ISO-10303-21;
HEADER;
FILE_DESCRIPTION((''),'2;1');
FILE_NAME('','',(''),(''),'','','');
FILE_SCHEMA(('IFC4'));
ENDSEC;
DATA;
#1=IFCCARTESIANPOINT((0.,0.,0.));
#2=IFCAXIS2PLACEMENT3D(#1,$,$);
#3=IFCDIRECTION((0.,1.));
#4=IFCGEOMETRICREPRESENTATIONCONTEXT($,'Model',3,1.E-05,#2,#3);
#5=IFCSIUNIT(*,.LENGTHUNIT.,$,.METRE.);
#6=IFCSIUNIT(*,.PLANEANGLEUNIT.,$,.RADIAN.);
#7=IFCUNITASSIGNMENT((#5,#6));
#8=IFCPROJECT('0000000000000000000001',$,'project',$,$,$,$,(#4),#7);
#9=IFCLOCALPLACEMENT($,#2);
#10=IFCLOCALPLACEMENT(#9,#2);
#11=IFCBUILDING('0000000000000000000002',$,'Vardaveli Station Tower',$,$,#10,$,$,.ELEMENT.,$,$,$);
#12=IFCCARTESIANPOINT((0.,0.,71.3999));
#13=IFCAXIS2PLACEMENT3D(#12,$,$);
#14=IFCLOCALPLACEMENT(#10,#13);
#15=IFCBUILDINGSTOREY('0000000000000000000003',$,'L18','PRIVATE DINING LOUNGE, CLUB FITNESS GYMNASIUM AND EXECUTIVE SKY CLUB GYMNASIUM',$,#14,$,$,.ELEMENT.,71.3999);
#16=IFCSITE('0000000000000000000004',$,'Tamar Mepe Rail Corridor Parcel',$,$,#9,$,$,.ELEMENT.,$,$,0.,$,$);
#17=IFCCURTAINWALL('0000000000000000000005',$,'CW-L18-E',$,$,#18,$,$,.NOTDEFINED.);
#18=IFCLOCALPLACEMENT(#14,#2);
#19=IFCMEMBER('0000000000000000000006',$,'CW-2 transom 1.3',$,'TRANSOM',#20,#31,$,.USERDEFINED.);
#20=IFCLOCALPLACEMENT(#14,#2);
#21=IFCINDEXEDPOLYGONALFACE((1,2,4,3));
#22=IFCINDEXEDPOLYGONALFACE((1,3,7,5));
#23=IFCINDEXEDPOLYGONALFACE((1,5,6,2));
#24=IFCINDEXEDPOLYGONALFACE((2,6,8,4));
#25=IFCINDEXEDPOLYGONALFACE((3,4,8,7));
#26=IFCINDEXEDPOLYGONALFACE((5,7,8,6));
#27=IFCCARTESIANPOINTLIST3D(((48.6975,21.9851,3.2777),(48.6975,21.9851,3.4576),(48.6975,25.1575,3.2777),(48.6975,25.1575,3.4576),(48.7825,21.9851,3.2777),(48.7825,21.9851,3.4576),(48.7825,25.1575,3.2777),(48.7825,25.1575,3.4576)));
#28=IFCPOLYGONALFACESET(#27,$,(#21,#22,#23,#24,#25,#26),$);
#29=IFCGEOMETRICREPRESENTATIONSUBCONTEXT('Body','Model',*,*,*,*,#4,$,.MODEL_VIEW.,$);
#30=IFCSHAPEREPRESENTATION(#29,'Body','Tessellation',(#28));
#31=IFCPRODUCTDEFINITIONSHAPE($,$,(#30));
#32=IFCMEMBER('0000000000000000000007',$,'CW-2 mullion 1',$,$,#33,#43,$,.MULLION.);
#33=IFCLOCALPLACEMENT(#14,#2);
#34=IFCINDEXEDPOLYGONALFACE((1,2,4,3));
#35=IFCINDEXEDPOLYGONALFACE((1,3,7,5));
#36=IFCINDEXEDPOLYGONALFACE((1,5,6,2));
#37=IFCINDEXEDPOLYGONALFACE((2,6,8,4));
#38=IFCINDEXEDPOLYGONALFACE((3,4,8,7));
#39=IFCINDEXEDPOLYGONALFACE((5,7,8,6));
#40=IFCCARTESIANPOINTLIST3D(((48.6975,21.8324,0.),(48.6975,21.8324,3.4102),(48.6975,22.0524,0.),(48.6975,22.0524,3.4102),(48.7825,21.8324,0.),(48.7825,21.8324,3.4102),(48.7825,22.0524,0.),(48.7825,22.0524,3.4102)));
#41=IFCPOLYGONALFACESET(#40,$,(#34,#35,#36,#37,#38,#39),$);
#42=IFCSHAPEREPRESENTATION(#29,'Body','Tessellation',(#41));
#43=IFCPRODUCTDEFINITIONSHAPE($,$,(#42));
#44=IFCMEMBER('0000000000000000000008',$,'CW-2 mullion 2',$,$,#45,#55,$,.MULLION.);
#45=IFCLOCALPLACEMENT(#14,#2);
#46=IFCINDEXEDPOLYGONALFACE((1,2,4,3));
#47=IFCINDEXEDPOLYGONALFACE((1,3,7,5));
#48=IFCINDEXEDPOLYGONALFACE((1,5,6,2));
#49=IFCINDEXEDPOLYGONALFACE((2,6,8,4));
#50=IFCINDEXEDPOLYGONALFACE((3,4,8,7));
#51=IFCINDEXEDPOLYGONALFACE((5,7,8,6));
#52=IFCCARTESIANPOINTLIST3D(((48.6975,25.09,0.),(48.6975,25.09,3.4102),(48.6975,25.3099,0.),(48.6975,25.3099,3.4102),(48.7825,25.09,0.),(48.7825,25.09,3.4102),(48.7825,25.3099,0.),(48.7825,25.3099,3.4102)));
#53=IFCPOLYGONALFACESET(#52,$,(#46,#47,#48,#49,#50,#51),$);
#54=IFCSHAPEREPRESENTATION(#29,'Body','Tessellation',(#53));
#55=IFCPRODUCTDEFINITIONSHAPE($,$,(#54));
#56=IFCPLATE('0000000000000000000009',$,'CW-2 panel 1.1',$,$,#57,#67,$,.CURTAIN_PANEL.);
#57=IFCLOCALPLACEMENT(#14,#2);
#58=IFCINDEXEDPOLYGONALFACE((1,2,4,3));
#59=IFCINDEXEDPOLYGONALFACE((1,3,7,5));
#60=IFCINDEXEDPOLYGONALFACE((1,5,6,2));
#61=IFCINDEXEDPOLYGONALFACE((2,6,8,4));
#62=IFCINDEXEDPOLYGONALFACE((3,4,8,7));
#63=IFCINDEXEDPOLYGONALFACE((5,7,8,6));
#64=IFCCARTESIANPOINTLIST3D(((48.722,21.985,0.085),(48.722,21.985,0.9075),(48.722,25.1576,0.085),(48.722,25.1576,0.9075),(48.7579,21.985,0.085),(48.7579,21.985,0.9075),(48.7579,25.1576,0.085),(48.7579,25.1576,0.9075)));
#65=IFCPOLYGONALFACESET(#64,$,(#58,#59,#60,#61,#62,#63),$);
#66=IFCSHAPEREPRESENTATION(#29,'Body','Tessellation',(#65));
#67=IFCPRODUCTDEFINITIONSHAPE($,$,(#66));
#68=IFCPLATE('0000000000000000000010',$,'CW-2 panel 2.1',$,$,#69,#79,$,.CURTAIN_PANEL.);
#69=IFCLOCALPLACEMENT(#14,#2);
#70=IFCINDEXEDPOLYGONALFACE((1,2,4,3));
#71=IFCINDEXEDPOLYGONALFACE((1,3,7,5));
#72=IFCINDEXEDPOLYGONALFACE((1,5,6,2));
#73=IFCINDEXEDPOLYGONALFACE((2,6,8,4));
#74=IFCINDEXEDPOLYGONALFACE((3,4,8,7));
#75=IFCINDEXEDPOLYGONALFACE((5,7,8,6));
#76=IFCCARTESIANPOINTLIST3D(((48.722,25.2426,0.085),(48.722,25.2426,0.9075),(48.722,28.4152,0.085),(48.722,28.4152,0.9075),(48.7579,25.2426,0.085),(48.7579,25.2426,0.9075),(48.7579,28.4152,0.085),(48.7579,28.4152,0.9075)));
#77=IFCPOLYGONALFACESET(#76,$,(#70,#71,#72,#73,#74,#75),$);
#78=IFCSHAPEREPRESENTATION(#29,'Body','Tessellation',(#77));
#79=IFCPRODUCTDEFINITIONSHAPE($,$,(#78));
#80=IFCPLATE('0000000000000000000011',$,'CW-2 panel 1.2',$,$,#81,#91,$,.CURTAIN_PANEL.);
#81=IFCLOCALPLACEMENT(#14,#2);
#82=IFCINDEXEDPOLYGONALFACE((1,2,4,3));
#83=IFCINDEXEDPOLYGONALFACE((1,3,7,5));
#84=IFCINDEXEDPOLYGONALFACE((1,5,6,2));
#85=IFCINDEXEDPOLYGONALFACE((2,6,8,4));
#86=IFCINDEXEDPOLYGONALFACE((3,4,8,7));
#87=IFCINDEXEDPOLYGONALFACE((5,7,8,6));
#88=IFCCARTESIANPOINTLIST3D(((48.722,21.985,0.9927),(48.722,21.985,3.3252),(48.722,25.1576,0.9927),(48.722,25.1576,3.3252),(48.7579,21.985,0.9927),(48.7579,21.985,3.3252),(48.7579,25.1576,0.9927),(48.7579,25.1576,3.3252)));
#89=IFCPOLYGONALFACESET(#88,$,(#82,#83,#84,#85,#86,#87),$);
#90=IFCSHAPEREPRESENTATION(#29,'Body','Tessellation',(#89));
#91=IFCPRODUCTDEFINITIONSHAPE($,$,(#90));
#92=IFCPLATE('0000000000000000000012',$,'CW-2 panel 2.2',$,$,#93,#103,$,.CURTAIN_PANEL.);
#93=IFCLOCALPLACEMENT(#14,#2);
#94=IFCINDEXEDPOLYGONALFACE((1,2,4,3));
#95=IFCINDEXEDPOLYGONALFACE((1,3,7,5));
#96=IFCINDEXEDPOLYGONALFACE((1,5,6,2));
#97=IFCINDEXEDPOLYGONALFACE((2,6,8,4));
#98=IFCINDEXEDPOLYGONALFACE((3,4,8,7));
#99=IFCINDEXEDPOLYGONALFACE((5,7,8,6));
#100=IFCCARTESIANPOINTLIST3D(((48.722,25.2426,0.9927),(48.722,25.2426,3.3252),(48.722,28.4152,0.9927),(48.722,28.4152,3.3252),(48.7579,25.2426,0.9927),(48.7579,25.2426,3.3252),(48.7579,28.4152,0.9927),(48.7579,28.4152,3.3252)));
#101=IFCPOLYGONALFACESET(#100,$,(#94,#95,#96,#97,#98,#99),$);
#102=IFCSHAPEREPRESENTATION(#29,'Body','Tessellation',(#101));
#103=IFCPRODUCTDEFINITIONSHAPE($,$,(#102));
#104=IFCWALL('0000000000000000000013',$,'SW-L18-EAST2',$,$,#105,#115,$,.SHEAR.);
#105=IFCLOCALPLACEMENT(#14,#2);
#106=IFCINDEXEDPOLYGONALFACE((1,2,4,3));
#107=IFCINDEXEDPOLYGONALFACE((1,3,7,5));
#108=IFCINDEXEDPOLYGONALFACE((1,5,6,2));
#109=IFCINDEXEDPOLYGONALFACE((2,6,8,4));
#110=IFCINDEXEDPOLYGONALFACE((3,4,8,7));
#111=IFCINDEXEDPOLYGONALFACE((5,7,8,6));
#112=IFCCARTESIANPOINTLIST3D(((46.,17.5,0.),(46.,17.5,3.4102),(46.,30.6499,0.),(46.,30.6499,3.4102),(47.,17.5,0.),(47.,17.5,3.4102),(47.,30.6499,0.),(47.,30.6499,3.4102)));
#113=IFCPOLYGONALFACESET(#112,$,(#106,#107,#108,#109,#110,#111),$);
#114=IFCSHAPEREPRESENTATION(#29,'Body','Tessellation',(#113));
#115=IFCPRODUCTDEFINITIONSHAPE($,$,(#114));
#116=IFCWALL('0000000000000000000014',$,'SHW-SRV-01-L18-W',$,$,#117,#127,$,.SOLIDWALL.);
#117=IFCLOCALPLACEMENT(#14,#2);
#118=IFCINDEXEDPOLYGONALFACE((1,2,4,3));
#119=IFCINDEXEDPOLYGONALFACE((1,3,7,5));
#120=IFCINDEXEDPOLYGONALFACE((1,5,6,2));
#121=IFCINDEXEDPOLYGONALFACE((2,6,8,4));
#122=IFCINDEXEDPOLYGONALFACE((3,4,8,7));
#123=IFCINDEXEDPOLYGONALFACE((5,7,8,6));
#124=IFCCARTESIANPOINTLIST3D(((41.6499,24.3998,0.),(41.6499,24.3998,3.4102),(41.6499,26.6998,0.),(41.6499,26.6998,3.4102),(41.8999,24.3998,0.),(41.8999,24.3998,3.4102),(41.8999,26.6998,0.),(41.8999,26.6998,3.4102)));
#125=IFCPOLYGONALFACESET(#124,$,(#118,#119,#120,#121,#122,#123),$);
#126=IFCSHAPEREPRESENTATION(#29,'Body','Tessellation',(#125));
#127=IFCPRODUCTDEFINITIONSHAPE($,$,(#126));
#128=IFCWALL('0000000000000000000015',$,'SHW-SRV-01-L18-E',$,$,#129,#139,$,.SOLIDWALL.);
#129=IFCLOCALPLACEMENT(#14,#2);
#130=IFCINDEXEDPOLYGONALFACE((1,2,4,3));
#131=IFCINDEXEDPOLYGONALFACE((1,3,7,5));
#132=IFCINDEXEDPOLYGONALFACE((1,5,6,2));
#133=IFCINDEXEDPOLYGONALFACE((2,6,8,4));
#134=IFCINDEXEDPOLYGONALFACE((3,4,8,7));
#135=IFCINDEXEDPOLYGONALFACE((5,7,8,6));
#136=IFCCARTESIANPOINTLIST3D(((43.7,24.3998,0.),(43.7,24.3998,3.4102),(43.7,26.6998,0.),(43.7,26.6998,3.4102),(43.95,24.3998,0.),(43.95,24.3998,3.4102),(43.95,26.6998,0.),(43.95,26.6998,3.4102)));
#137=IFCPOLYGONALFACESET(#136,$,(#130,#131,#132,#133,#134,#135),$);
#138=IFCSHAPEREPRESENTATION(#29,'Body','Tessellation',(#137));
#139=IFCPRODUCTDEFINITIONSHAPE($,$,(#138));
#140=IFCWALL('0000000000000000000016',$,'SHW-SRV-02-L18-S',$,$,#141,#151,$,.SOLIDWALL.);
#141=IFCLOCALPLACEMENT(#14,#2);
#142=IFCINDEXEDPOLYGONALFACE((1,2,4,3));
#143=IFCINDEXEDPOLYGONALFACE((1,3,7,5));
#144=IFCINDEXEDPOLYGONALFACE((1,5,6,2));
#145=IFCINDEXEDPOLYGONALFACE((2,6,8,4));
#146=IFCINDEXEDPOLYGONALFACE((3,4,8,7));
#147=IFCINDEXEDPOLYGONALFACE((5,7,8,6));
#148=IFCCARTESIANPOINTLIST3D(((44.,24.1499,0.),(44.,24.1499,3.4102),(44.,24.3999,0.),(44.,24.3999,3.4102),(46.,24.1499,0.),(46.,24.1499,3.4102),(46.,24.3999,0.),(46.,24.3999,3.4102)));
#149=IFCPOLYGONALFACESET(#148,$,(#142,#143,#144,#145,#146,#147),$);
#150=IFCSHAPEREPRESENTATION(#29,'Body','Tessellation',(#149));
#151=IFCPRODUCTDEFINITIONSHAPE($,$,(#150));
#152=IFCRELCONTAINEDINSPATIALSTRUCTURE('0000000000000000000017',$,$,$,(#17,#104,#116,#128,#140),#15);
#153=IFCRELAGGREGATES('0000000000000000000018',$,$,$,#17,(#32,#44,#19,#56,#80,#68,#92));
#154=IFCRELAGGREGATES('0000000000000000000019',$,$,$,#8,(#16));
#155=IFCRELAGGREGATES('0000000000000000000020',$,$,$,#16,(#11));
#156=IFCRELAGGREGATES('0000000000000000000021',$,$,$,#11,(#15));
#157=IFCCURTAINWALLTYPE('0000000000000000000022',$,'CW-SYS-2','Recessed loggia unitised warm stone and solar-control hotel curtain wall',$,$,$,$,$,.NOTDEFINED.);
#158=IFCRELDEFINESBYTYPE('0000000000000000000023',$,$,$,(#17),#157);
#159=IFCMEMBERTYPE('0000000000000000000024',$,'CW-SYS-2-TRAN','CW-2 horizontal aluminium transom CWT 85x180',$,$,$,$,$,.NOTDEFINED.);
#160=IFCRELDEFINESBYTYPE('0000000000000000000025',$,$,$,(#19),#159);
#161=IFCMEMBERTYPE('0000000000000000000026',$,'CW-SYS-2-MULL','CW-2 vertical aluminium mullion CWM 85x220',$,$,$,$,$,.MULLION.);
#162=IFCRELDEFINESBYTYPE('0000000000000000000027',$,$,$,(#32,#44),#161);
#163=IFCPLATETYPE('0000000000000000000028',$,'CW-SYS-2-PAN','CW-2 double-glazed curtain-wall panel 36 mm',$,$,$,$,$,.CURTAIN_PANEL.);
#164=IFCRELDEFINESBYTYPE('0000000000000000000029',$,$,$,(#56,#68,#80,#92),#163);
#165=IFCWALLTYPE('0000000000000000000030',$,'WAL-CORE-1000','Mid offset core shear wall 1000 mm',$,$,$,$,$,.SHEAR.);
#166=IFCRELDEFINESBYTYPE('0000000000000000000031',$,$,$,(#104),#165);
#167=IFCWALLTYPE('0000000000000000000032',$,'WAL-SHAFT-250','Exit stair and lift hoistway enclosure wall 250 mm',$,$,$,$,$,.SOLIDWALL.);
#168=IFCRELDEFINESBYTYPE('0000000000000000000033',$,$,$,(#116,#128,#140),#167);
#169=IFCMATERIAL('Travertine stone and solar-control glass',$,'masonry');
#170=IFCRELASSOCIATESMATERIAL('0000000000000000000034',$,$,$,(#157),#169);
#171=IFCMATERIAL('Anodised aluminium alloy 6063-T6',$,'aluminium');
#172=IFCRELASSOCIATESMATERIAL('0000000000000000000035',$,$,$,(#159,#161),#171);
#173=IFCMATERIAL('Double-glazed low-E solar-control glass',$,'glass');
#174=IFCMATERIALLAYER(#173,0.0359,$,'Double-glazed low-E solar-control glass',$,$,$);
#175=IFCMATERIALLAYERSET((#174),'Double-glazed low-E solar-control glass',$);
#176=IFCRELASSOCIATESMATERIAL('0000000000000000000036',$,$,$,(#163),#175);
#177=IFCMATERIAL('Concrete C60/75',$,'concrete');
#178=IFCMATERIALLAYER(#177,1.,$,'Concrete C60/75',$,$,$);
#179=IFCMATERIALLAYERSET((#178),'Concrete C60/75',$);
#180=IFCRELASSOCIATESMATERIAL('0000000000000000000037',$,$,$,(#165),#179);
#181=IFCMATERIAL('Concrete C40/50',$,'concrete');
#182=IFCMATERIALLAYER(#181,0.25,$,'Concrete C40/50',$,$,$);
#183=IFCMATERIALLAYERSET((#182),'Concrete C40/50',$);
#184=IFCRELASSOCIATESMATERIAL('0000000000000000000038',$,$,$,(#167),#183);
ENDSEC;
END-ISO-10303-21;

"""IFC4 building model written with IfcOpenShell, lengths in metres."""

from ifc_helpers import new_model, si_unit, direction, frame, frame_2d, origin, origin_2d, place, context, subcontext, project, spatial, rectangle, extrude, source, transform, mapped, material, layer, layer_set, material_profile, profile_set, type_object, element, aggregate, save


model = new_model("IFC4")

# Units and contexts
model_context = context("Model", 3, precision=1e-05, world=origin(), true_north=direction((0.0, 1.0)))
body_context = subcontext(model_context, "Body", "Model", "MODEL_VIEW")
ifc_project = project(units=[si_unit("LENGTHUNIT", "METRE"), si_unit("PLANEANGLEUNIT", "RADIAN")], contexts=[model_context])

# Site, building, storey
site_placement = place(None, origin())
site = spatial("IfcSite", under=ifc_project, at=site_placement, Name="Tamar Mepe Rail Corridor Parcel", CompositionType="ELEMENT", RefElevation=0.0)
building_placement = place(site_placement, origin())
building = spatial("IfcBuilding", under=site, at=building_placement, Name="Vardaveli Station Tower", CompositionType="ELEMENT")
storey_placement = place(building_placement, frame((0.0, 0.0, 71.3999)))
storey = spatial("IfcBuildingStorey", under=building, at=storey_placement, Name="L18", Description="PRIVATE DINING LOUNGE, CLUB FITNESS GYMNASIUM AND EXECUTIVE SKY CLUB GYMNASIUM", CompositionType="ELEMENT", Elevation=71.3999)

# Curtain wall, members, plates
ifc_material_1 = material(Name="Travertine stone and solar-control glass", Category="masonry")
curtain_wall_type = type_object("IfcCurtainWallType", Name="CW-SYS-2", Description="Recessed loggia unitised warm stone and solar-control hotel curtain wall", PredefinedType="NOTDEFINED", material=ifc_material_1)
curtain_wall_placement = place(storey_placement, origin())
curtain_wall = element("IfcCurtainWall", 1, at=curtain_wall_placement, inside=storey, type_object=curtain_wall_type, Name="CW-L18-E", PredefinedType="NOTDEFINED")
ifc_material_2 = material(Name="Anodised aluminium alloy 6063-T6", Category="aluminium")
ifc_material_profile_1 = material_profile(ifc_material_2, rectangle(XDim=0.085, YDim=0.1799, at=origin_2d()), Name="CWT 85x180")
ifc_profile_set_1 = profile_set([ifc_material_profile_1], Name="Anodised aluminium alloy 6063-T6")
member_type_1 = type_object("IfcMemberType", Name="CW-SYS-2-TRAN", Description="CW-2 horizontal aluminium transom CWT 85x180", PredefinedType="NOTDEFINED", material=ifc_profile_set_1)
shared_shape_1 = source(origin(), body_context, "Body", "SweptSolid", [
    extrude(rectangle(XDim=0.085, YDim=0.1799, at=origin_2d()), origin(), (0.0, 0.0, 1.0), 3.1724),
])
member_1_placement = place(storey_placement, frame((48.74, 21.9851, 3.3677), z_axis=(0.0, 1.0, 0.0), x_axis=(-1.0, 0.0, 0.0)))
member_1 = element("IfcMember", 2, at=member_1_placement, type_object=member_type_1, Name="CW-2 transom 1.3", ObjectType="TRANSOM", PredefinedType="USERDEFINED", context=body_context, shape_type="MappedRepresentation", body=[
    mapped(shared_shape_1, transform((0.0, 0.0, 0.0), scale=1.0)),
])
ifc_material_profile_2 = material_profile(ifc_material_2, rectangle(XDim=0.085, YDim=0.22, at=origin_2d()), Name="CWM 85x220")
ifc_profile_set_2 = profile_set([ifc_material_profile_2], Name="Anodised aluminium alloy 6063-T6")
member_type_2 = type_object("IfcMemberType", Name="CW-SYS-2-MULL", Description="CW-2 vertical aluminium mullion CWM 85x220", PredefinedType="MULLION", material=ifc_profile_set_2)
shared_shape_2 = source(origin(), body_context, "Body", "SweptSolid", [
    extrude(rectangle(XDim=0.085, YDim=0.22, at=origin_2d()), origin(), (0.0, 0.0, 1.0), 3.4102),
])
member_2_placement = place(storey_placement, frame((48.74, 21.9424, 0.0), z_axis=(0.0, 0.0, 1.0), x_axis=(-1.0, 0.0, 0.0)))
member_2 = element("IfcMember", 3, at=member_2_placement, type_object=member_type_2, Name="CW-2 mullion 1", PredefinedType="MULLION", context=body_context, shape_type="MappedRepresentation", body=[
    mapped(shared_shape_2, transform((0.0, 0.0, 0.0), scale=1.0)),
])
member_3_placement = place(storey_placement, frame((48.74, 25.2, 0.0), z_axis=(0.0, 0.0, 1.0), x_axis=(-1.0, 0.0, 0.0)))
member_3 = element("IfcMember", 4, at=member_3_placement, type_object=member_type_2, Name="CW-2 mullion 2", PredefinedType="MULLION", context=body_context, shape_type="MappedRepresentation", body=[
    mapped(shared_shape_2, transform((0.0, 0.0, 0.0), scale=1.0)),
])
ifc_material_3 = material(Name="Double-glazed low-E solar-control glass", Category="glass")
ifc_layer_1 = layer(ifc_material_3, 0.0359, Name="Double-glazed low-E solar-control glass")
ifc_layer_set_1 = layer_set([ifc_layer_1], Name="Double-glazed low-E solar-control glass")
plate_type = type_object("IfcPlateType", Name="CW-SYS-2-PAN", Description="CW-2 double-glazed curtain-wall panel 36 mm", PredefinedType="CURTAIN_PANEL", material=ifc_layer_set_1)
shared_shape_3 = source(origin(), body_context, "Body", "SweptSolid", [
    extrude(rectangle(XDim=3.1726, YDim=0.0359, at=origin_2d()), origin(), (0.0, 0.0, 1.0), 0.8225),
])
plate_1_placement = place(storey_placement, frame((48.74, 23.5713, 0.085), z_axis=(0.0, 0.0, 1.0), x_axis=(0.0, 1.0, 0.0)))
plate_1 = element("IfcPlate", 5, at=plate_1_placement, type_object=plate_type, Name="CW-2 panel 1.1", PredefinedType="CURTAIN_PANEL", context=body_context, shape_type="MappedRepresentation", body=[
    mapped(shared_shape_3, transform((0.0, 0.0, 0.0), scale=1.0)),
])
plate_2_placement = place(storey_placement, frame((48.74, 26.8289, 0.085), z_axis=(0.0, 0.0, 1.0), x_axis=(0.0, 1.0, 0.0)))
plate_2 = element("IfcPlate", 6, at=plate_2_placement, type_object=plate_type, Name="CW-2 panel 2.1", PredefinedType="CURTAIN_PANEL", context=body_context, shape_type="MappedRepresentation", body=[
    mapped(shared_shape_3, transform((0.0, 0.0, 0.0), scale=1.0)),
])
shared_shape_4 = source(origin(), body_context, "Body", "SweptSolid", [
    extrude(rectangle(XDim=3.1726, YDim=0.0359, at=origin_2d()), origin(), (0.0, 0.0, 1.0), 2.3325),
])
plate_3_placement = place(storey_placement, frame((48.74, 23.5713, 0.9927), z_axis=(0.0, 0.0, 1.0), x_axis=(0.0, 1.0, 0.0)))
plate_3 = element("IfcPlate", 7, at=plate_3_placement, type_object=plate_type, Name="CW-2 panel 1.2", PredefinedType="CURTAIN_PANEL", context=body_context, shape_type="MappedRepresentation", body=[
    mapped(shared_shape_4, transform((0.0, 0.0, 0.0), scale=1.0)),
])
plate_4_placement = place(storey_placement, frame((48.74, 26.8289, 0.9927), z_axis=(0.0, 0.0, 1.0), x_axis=(0.0, 1.0, 0.0)))
plate_4 = element("IfcPlate", 8, at=plate_4_placement, type_object=plate_type, Name="CW-2 panel 2.2", PredefinedType="CURTAIN_PANEL", context=body_context, shape_type="MappedRepresentation", body=[
    mapped(shared_shape_4, transform((0.0, 0.0, 0.0), scale=1.0)),
])
aggregate(curtain_wall, [member_2, member_3, member_1, plate_1, plate_3, plate_2, plate_4])

# Walls
ifc_material_4 = material(Name="Concrete C60/75", Category="concrete")
ifc_layer_2 = layer(ifc_material_4, 1.0, Name="Concrete C60/75")
ifc_layer_set_2 = layer_set([ifc_layer_2], Name="Concrete C60/75")
wall_type_1 = type_object("IfcWallType", Name="WAL-CORE-1000", Description="Mid offset core shear wall 1000 mm", PredefinedType="SHEAR", material=ifc_layer_set_2)
shared_shape_5 = source(origin(), body_context, "Body", "SweptSolid", [
    extrude(rectangle(XDim=13.1499, YDim=1.0, at=frame_2d((6.575, 0.0))), origin(), (0.0, 0.0, 1.0), 3.4102),
])
wall_1_placement = place(storey_placement, frame((46.5, 17.5, 0.0), z_axis=(0.0, 0.0, 1.0), x_axis=(0.0, 1.0, 0.0)))
element("IfcWall", 9, at=wall_1_placement, inside=storey, type_object=wall_type_1, Name="SW-L18-EAST2", PredefinedType="SHEAR", context=body_context, shape_type="MappedRepresentation", body=[
    mapped(shared_shape_5, transform((0.0, 0.0, 0.0), scale=1.0)),
])
ifc_material_5 = material(Name="Concrete C40/50", Category="concrete")
ifc_layer_3 = layer(ifc_material_5, 0.25, Name="Concrete C40/50")
ifc_layer_set_3 = layer_set([ifc_layer_3], Name="Concrete C40/50")
wall_type_2 = type_object("IfcWallType", Name="WAL-SHAFT-250", Description="Exit stair and lift hoistway enclosure wall 250 mm", PredefinedType="SOLIDWALL", material=ifc_layer_set_3)
shared_shape_6 = source(origin(), body_context, "Body", "SweptSolid", [
    extrude(rectangle(XDim=2.3, YDim=0.25, at=frame_2d((1.1499, 0.0))), origin(), (0.0, 0.0, 1.0), 3.4102),
])
for number, where, z_axis, x_axis, name in (
    (10, (41.7749, 24.3999, 0.0), (0.0, 0.0, 1.0), (0.0, 1.0, 0.0), "SHW-SRV-01-L18-W"),
    (11, (43.825, 24.3999, 0.0), (0.0, 0.0, 1.0), (0.0, 1.0, 0.0), "SHW-SRV-01-L18-E"),
):
    element("IfcWall", number, at=place(storey_placement, frame(where, z_axis=z_axis, x_axis=x_axis)), inside=storey, type_object=wall_type_2, Name=name, PredefinedType="SOLIDWALL", context=body_context, shape_type="MappedRepresentation", body=[
        mapped(shared_shape_6, transform((0.0, 0.0, 0.0), scale=1.0)),
    ])
shared_shape_7 = source(origin(), body_context, "Body", "SweptSolid", [
    extrude(rectangle(XDim=2.0, YDim=0.25, at=frame_2d((1.0, 0.0))), origin(), (0.0, 0.0, 1.0), 3.4102),
])
wall_2_placement = place(storey_placement, frame((44.0, 24.2749, 0.0), z_axis=(0.0, 0.0, 1.0), x_axis=(1.0, 0.0, 0.0)))
element("IfcWall", 12, at=wall_2_placement, inside=storey, type_object=wall_type_2, Name="SHW-SRV-02-L18-S", PredefinedType="SOLIDWALL", context=body_context, shape_type="MappedRepresentation", body=[
    mapped(shared_shape_7, transform((0.0, 0.0, 0.0), scale=1.0)),
])

save(model, "model.ifc")
